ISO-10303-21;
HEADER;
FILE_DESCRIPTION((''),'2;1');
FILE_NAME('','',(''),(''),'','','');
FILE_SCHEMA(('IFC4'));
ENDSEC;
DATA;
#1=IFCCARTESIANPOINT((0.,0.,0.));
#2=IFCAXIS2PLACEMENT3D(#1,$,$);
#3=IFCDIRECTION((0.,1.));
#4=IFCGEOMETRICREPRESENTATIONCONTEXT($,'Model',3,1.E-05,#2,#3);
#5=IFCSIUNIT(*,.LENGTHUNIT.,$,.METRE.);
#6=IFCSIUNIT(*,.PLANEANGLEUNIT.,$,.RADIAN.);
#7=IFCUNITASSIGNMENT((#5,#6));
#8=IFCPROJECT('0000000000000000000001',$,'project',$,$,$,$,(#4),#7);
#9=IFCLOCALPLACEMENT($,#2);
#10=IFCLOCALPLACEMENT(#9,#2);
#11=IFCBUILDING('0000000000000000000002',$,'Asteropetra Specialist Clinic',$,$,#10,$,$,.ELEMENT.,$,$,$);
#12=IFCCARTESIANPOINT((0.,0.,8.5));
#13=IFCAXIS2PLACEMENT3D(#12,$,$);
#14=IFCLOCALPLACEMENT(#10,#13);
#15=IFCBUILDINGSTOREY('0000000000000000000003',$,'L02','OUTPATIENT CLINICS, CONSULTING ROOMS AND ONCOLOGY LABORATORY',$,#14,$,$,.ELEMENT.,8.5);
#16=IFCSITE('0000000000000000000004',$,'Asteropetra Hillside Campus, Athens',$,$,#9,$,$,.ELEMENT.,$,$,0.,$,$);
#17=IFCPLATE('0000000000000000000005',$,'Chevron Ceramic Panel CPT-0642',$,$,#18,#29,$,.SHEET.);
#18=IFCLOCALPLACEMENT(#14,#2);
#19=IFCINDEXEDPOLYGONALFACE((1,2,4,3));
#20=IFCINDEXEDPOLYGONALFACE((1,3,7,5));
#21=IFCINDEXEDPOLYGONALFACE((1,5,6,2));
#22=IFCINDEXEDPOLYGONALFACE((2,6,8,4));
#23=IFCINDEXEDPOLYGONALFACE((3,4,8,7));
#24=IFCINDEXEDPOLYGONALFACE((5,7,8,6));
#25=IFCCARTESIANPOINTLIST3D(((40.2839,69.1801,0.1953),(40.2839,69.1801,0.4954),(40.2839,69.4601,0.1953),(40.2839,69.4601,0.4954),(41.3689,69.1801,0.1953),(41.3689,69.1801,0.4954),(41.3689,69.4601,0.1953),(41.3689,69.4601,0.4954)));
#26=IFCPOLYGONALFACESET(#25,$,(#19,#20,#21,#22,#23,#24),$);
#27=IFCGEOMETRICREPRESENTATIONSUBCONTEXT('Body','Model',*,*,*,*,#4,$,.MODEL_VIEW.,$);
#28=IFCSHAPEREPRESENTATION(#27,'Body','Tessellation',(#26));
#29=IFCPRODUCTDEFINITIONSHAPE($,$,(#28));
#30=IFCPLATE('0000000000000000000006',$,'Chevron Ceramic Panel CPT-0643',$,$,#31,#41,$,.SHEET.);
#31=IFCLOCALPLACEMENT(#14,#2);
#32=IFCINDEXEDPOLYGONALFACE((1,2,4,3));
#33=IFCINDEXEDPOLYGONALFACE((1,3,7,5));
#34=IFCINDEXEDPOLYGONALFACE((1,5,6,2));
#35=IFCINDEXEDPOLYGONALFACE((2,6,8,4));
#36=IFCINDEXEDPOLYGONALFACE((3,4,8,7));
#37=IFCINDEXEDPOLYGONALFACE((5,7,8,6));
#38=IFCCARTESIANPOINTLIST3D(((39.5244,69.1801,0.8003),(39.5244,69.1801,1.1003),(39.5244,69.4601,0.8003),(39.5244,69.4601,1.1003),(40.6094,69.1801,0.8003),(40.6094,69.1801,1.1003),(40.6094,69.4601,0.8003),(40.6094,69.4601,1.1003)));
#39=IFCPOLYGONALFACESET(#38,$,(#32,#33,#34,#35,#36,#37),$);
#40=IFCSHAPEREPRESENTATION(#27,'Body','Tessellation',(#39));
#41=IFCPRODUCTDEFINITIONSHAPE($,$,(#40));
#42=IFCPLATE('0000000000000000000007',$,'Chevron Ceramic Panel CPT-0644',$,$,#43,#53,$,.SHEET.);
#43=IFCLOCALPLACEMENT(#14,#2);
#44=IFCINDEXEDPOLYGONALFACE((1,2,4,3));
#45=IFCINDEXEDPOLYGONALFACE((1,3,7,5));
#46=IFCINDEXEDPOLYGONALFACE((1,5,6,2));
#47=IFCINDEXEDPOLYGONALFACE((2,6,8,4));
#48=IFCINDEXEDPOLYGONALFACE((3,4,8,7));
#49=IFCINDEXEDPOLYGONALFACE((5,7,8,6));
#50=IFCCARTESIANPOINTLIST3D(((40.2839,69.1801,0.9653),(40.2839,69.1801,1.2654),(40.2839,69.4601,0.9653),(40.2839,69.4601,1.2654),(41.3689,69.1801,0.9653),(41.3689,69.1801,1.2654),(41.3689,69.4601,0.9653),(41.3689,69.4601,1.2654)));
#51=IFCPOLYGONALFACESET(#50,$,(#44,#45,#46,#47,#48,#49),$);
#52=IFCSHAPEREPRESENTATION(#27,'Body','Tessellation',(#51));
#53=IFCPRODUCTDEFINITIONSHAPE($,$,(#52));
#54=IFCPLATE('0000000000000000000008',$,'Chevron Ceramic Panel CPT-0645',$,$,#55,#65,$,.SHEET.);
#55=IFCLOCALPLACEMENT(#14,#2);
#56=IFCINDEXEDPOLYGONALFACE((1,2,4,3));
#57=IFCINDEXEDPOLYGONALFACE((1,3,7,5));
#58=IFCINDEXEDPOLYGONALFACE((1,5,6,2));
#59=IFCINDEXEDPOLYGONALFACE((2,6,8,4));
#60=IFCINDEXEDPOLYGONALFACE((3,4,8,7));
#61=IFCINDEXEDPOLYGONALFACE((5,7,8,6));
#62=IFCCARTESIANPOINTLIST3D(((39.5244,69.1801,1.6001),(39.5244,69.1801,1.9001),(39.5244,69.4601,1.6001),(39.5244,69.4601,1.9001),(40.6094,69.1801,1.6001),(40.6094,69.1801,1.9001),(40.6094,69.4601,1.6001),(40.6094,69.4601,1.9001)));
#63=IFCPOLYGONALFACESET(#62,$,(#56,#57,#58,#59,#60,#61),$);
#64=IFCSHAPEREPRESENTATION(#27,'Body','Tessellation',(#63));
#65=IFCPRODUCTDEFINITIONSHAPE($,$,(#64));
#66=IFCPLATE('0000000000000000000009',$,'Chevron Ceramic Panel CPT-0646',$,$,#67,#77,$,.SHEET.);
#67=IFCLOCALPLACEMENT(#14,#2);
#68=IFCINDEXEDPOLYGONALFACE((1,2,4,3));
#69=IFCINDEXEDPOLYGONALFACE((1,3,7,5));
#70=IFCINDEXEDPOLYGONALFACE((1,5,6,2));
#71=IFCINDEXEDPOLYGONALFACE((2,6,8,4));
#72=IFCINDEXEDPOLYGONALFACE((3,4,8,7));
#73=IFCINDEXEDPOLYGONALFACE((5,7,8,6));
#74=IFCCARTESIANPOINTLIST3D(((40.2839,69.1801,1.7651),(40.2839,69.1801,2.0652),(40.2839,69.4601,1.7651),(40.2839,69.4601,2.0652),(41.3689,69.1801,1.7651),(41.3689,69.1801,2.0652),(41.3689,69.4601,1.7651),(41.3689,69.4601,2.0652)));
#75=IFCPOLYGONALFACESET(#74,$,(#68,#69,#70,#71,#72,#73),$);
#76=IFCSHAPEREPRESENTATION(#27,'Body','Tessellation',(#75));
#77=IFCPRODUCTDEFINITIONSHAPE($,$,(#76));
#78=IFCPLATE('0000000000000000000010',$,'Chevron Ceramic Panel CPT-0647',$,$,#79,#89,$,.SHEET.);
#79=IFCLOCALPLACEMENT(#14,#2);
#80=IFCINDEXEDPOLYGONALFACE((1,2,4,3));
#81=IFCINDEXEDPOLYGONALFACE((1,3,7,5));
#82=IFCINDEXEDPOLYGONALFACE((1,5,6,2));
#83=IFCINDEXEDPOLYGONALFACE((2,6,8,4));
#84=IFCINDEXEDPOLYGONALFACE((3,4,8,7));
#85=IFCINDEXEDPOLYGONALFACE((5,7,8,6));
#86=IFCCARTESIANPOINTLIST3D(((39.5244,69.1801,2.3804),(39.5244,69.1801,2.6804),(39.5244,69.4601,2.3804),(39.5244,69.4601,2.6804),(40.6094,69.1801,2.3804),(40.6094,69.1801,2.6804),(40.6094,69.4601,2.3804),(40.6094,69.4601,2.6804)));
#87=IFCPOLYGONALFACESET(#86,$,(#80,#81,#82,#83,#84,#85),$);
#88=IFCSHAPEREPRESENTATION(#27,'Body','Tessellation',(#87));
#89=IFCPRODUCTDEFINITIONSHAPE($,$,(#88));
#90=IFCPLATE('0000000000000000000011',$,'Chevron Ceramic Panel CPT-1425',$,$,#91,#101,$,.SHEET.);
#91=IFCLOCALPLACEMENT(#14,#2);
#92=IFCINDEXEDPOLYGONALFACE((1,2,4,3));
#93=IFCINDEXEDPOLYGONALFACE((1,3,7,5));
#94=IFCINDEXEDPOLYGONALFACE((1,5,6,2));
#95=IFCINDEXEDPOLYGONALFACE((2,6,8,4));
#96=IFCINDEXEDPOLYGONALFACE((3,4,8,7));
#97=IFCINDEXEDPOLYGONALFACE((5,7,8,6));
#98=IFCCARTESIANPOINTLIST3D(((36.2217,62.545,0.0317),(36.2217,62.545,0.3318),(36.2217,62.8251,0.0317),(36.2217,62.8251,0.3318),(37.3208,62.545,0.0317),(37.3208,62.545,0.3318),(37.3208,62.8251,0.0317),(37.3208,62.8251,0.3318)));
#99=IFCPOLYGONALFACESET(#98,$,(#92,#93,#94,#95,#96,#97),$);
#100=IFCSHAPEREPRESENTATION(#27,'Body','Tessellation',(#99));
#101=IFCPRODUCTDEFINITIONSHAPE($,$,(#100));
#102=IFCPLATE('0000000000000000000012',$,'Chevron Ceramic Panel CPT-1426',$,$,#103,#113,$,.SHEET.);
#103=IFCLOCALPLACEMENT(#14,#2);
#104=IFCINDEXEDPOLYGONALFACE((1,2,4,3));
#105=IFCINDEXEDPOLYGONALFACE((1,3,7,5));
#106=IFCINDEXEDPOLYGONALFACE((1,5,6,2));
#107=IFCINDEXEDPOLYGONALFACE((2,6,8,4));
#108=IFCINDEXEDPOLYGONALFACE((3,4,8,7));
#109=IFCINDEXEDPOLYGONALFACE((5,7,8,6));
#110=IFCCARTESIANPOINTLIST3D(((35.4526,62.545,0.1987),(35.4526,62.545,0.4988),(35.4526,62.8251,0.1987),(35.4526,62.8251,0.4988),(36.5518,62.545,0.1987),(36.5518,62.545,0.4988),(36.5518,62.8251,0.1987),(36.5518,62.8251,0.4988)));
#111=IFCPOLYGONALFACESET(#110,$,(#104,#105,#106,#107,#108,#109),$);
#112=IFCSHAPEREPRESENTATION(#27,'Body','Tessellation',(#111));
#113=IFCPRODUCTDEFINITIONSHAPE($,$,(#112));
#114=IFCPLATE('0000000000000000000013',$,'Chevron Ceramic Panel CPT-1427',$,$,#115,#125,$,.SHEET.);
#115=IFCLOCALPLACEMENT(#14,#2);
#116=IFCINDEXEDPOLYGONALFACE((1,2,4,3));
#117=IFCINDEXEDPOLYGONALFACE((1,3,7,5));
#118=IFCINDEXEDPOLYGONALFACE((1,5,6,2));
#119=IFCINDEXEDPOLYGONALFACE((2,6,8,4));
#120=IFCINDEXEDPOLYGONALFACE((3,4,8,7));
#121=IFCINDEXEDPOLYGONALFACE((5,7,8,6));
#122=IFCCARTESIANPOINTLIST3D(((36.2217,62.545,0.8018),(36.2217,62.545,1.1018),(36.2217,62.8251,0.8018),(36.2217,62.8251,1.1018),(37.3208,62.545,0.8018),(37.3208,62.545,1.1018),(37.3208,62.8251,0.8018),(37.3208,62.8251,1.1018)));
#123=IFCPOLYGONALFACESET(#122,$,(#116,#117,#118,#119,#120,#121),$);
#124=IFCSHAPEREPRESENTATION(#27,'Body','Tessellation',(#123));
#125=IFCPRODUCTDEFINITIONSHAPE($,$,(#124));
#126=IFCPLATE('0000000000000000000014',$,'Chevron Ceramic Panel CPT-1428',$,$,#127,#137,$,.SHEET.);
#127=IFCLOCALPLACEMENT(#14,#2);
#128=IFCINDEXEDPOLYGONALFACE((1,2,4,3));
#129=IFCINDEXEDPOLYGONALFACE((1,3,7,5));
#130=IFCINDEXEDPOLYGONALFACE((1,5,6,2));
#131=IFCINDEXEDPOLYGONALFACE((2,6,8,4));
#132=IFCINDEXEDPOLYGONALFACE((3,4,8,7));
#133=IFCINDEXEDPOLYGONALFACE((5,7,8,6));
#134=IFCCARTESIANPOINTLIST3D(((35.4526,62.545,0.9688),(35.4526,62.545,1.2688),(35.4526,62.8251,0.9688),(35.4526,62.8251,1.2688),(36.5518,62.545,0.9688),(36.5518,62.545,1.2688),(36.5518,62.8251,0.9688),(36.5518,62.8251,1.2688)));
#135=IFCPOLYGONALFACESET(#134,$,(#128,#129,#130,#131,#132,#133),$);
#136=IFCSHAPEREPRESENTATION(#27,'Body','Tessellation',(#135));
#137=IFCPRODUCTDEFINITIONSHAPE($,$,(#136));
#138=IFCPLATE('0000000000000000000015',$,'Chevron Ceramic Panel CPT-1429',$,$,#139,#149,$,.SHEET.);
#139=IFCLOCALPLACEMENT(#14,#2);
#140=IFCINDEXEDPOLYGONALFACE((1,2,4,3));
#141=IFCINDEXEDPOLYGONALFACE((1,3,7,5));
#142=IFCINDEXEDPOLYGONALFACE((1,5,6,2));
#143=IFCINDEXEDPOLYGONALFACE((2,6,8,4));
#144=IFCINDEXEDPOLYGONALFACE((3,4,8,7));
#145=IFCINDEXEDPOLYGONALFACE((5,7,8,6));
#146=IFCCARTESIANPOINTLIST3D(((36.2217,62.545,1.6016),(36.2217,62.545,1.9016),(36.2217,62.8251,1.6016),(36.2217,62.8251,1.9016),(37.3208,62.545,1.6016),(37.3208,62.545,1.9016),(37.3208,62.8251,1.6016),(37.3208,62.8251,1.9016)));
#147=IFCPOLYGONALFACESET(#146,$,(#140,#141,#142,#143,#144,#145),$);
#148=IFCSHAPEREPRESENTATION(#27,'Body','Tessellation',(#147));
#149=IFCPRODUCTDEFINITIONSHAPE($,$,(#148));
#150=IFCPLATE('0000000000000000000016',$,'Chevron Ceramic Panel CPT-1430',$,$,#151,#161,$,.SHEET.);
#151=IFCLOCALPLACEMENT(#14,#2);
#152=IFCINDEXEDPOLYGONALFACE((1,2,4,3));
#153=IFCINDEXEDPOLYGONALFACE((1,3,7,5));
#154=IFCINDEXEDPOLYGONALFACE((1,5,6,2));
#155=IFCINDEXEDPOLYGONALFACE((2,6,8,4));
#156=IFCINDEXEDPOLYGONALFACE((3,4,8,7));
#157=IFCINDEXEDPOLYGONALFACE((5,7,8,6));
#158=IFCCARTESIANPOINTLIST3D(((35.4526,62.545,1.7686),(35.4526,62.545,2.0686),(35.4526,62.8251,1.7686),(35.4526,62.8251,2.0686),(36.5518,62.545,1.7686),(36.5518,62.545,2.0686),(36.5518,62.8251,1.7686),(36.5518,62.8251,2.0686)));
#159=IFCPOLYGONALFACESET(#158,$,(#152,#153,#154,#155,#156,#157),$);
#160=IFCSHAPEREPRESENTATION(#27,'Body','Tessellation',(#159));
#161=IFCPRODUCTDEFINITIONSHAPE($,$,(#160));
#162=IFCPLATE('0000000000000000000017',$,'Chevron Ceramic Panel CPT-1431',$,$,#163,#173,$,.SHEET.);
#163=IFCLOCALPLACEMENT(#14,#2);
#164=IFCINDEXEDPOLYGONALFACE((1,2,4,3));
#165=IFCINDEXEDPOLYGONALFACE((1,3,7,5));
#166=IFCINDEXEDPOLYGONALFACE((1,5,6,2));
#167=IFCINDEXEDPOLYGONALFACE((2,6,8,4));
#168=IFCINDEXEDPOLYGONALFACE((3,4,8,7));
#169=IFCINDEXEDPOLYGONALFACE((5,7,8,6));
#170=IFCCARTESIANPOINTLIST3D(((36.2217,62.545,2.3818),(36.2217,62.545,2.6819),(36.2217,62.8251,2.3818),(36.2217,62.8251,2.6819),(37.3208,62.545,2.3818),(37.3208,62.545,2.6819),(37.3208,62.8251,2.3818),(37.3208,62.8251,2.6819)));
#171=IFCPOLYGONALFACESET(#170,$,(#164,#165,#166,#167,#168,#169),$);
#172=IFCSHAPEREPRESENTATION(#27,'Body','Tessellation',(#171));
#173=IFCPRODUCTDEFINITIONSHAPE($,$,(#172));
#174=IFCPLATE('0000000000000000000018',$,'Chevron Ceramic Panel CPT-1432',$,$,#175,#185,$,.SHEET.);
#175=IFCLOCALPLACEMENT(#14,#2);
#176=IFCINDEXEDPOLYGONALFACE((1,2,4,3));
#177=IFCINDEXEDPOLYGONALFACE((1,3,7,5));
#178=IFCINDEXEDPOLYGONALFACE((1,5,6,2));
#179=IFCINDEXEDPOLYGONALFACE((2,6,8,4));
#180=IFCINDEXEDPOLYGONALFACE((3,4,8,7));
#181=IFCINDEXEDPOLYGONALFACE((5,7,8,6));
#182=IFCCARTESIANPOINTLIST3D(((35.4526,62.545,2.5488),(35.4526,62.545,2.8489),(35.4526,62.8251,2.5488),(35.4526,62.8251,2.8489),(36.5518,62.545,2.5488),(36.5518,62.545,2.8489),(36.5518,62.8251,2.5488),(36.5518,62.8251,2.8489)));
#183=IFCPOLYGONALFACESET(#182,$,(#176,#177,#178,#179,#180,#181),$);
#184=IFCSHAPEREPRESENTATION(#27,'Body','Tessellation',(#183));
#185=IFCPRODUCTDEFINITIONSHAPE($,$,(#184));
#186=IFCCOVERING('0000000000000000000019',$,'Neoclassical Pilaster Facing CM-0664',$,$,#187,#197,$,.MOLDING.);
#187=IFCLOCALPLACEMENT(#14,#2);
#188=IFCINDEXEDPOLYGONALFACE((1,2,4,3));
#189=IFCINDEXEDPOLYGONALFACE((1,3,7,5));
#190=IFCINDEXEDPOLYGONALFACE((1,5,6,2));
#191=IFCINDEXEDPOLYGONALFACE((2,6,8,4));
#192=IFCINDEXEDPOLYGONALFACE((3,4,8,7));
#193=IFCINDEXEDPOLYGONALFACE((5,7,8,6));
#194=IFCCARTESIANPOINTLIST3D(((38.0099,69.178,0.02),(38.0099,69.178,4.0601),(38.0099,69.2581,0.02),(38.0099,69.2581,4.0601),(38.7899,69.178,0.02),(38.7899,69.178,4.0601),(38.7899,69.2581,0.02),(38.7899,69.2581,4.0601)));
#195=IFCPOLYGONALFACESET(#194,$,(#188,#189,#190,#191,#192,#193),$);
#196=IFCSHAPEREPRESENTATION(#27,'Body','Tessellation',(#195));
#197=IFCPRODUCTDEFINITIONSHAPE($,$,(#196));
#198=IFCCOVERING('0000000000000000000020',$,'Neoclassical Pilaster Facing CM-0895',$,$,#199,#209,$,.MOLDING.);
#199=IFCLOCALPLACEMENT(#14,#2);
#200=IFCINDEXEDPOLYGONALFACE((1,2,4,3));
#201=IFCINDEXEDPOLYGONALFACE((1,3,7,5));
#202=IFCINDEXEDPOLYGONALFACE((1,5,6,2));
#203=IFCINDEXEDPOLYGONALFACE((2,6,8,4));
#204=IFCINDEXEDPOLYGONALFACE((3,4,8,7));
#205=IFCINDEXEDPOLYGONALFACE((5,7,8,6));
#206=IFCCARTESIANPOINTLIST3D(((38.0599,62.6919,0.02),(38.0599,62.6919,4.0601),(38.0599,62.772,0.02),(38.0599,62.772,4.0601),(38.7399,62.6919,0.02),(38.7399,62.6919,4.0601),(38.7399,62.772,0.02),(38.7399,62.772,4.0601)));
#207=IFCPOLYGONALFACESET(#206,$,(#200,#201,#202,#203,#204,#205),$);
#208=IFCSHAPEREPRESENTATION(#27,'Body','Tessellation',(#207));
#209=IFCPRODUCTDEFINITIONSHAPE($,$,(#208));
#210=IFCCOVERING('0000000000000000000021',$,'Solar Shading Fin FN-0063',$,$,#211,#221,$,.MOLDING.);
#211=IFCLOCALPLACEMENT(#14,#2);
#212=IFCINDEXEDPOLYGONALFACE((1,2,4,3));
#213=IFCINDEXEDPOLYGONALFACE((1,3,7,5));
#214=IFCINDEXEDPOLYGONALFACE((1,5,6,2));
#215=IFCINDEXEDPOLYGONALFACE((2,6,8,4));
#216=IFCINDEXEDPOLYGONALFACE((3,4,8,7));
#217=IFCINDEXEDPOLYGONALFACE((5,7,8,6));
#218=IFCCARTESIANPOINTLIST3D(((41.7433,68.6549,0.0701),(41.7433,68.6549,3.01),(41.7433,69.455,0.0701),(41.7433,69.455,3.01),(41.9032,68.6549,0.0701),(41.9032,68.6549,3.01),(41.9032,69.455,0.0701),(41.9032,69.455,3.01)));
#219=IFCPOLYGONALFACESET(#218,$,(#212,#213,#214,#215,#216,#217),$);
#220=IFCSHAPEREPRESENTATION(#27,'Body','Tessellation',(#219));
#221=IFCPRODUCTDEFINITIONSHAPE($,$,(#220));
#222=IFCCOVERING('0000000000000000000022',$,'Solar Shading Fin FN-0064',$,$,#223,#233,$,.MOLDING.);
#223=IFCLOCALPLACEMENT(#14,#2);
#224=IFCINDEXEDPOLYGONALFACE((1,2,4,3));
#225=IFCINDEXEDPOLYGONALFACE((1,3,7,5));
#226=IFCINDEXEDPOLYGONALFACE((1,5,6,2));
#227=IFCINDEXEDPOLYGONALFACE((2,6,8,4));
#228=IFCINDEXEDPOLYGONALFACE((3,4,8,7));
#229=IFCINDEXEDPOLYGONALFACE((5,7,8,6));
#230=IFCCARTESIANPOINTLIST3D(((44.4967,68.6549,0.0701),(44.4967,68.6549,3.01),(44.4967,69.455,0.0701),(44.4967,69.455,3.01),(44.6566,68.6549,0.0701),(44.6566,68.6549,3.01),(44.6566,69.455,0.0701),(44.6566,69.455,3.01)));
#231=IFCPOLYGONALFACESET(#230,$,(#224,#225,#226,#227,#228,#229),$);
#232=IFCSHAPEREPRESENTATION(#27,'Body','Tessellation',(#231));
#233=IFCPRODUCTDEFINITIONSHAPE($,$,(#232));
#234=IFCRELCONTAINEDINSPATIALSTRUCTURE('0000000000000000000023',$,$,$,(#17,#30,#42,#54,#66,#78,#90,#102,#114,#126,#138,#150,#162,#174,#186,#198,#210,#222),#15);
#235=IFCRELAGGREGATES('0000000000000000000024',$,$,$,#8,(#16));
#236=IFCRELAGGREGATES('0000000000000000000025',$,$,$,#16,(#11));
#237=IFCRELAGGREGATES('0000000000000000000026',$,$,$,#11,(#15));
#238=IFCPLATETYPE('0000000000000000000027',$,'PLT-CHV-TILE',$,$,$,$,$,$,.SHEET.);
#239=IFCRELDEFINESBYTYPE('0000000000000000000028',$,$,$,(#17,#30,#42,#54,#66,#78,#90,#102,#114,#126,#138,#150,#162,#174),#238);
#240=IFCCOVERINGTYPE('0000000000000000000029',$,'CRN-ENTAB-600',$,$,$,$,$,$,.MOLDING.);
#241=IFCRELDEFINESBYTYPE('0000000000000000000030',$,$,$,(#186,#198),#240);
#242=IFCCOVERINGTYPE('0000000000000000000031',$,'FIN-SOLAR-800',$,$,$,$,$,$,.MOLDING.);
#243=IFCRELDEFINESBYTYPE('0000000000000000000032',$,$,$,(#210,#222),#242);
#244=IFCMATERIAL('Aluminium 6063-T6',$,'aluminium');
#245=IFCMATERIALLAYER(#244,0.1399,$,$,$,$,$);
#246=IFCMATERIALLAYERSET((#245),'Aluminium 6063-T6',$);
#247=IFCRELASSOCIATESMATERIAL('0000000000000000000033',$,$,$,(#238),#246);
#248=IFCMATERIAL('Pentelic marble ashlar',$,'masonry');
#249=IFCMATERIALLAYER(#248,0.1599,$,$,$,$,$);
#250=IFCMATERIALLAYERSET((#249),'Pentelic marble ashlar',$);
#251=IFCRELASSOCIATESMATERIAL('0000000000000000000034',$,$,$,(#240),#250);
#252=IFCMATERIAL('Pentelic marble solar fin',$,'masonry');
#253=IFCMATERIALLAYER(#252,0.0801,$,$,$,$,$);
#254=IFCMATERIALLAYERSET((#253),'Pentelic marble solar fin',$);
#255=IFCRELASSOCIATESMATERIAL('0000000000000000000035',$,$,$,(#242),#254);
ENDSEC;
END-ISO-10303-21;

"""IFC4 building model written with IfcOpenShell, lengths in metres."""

from ifc_helpers import new_model, si_unit, direction, frame, origin, origin_2d, place, context, subcontext, project, spatial, rectangle, extrude, material, layer, layer_set, type_object, element, save


model = new_model("IFC4")

# Units and contexts
model_context = context("Model", 3, precision=1e-05, world=origin(), true_north=direction((0.0, 1.0)))
body_context = subcontext(model_context, "Body", "Model", "MODEL_VIEW")
ifc_project = project(units=[si_unit("LENGTHUNIT", "METRE"), si_unit("PLANEANGLEUNIT", "RADIAN")], contexts=[model_context])

# Site, building, storey
site_placement = place(None, origin())
site = spatial("IfcSite", under=ifc_project, at=site_placement, Name="Asteropetra Hillside Campus, Athens", CompositionType="ELEMENT", RefElevation=0.0)
building_placement = place(site_placement, origin())
building = spatial("IfcBuilding", under=site, at=building_placement, Name="Asteropetra Specialist Clinic", CompositionType="ELEMENT")
storey_placement = place(building_placement, frame((0.0, 0.0, 8.5)))
storey = spatial("IfcBuildingStorey", under=building, at=storey_placement, Name="L02", Description="OUTPATIENT CLINICS, CONSULTING ROOMS AND ONCOLOGY LABORATORY", CompositionType="ELEMENT", Elevation=8.5)

# Plates
ifc_material_1 = material(Name="Aluminium 6063-T6", Category="aluminium")
ifc_layer_1 = layer(ifc_material_1, 0.1399)
ifc_layer_set_1 = layer_set([ifc_layer_1], Name="Aluminium 6063-T6")
plate_type_1 = type_object("IfcPlateType", Name="PLT-CHV-TILE", PredefinedType="SHEET", material=ifc_layer_set_1)
for number, where, z_axis, x_axis, name in (
    (1, (40.8264, 69.3201, 0.1953), (0.0, 0.0, 1.0), (1.0, 0.0, 0.0), "Chevron Ceramic Panel CPT-0642"),
    (2, (40.0669, 69.3201, 0.8003), (0.0, 0.0, 1.0), (1.0, 0.0, 0.0), "Chevron Ceramic Panel CPT-0643"),
    (3, (40.8264, 69.3201, 0.9653), (0.0, 0.0, 1.0), (1.0, 0.0, 0.0), "Chevron Ceramic Panel CPT-0644"),
    (4, (40.0669, 69.3201, 1.6001), (0.0, 0.0, 1.0), (1.0, 0.0, 0.0), "Chevron Ceramic Panel CPT-0645"),
    (5, (40.8264, 69.3201, 1.7651), (0.0, 0.0, 1.0), (1.0, 0.0, 0.0), "Chevron Ceramic Panel CPT-0646"),
    (6, (40.0669, 69.3201, 2.3804), (0.0, 0.0, 1.0), (1.0, 0.0, 0.0), "Chevron Ceramic Panel CPT-0647"),
):
    element("IfcPlate", number, at=place(storey_placement, frame(where, z_axis=z_axis, x_axis=x_axis)), inside=storey, type_object=plate_type_1, Name=name, PredefinedType="SHEET", context=body_context, shape_type="SweptSolid", body=[
        extrude(rectangle(XDim=1.085, YDim=0.28, at=origin_2d()), origin(), (0.0, 0.0, 1.0), 0.3),
    ])
for number, where, z_axis, x_axis, name in (
    (7, (36.7712, 62.6851, 0.0317), (0.0, 0.0, 1.0), (1.0, 0.0, 0.0), "Chevron Ceramic Panel CPT-1425"),
    (8, (36.0022, 62.6851, 0.1987), (0.0, 0.0, 1.0), (1.0, 0.0, 0.0), "Chevron Ceramic Panel CPT-1426"),
    (9, (36.7712, 62.6851, 0.8018), (0.0, 0.0, 1.0), (1.0, 0.0, 0.0), "Chevron Ceramic Panel CPT-1427"),
    (10, (36.0022, 62.6851, 0.9688), (0.0, 0.0, 1.0), (1.0, 0.0, 0.0), "Chevron Ceramic Panel CPT-1428"),
    (11, (36.7712, 62.6851, 1.6016), (0.0, 0.0, 1.0), (1.0, 0.0, 0.0), "Chevron Ceramic Panel CPT-1429"),
    (12, (36.0022, 62.6851, 1.7686), (0.0, 0.0, 1.0), (1.0, 0.0, 0.0), "Chevron Ceramic Panel CPT-1430"),
    (13, (36.7712, 62.6851, 2.3818), (0.0, 0.0, 1.0), (1.0, 0.0, 0.0), "Chevron Ceramic Panel CPT-1431"),
    (14, (36.0022, 62.6851, 2.5488), (0.0, 0.0, 1.0), (1.0, 0.0, 0.0), "Chevron Ceramic Panel CPT-1432"),
):
    element("IfcPlate", number, at=place(storey_placement, frame(where, z_axis=z_axis, x_axis=x_axis)), inside=storey, type_object=plate_type_1, Name=name, PredefinedType="SHEET", context=body_context, shape_type="SweptSolid", body=[
        extrude(rectangle(XDim=1.0991, YDim=0.28, at=origin_2d()), origin(), (0.0, 0.0, 1.0), 0.3),
    ])

# Coverings
ifc_material_2 = material(Name="Pentelic marble ashlar", Category="masonry")
ifc_layer_2 = layer(ifc_material_2, 0.1599)
ifc_layer_set_2 = layer_set([ifc_layer_2], Name="Pentelic marble ashlar")
covering_type_1 = type_object("IfcCoveringType", Name="CRN-ENTAB-600", PredefinedType="MOLDING", material=ifc_layer_set_2)
covering_1_placement = place(storey_placement, frame((38.3999, 69.218, 0.02), z_axis=(0.0, 0.0, 1.0), x_axis=(1.0, 0.0, 0.0)))
element("IfcCovering", 15, at=covering_1_placement, inside=storey, type_object=covering_type_1, Name="Neoclassical Pilaster Facing CM-0664", PredefinedType="MOLDING", context=body_context, shape_type="SweptSolid", body=[
    extrude(rectangle(XDim=0.78, YDim=0.0801, at=origin_2d()), origin(), (0.0, 0.0, 1.0), 4.04),
])
covering_2_placement = place(storey_placement, frame((38.3999, 62.7319, 0.02), z_axis=(0.0, 0.0, 1.0), x_axis=(1.0, 0.0, 0.0)))
element("IfcCovering", 16, at=covering_2_placement, inside=storey, type_object=covering_type_1, Name="Neoclassical Pilaster Facing CM-0895", PredefinedType="MOLDING", context=body_context, shape_type="SweptSolid", body=[
    extrude(rectangle(XDim=0.6799, YDim=0.0801, at=origin_2d()), origin(), (0.0, 0.0, 1.0), 4.04),
])
ifc_material_3 = material(Name="Pentelic marble solar fin", Category="masonry")
ifc_layer_3 = layer(ifc_material_3, 0.0801)
ifc_layer_set_3 = layer_set([ifc_layer_3], Name="Pentelic marble solar fin")
covering_type_2 = type_object("IfcCoveringType", Name="FIN-SOLAR-800", PredefinedType="MOLDING", material=ifc_layer_set_3)
for number, where, z_axis, x_axis, name in (
    (17, (41.8232, 69.0549, 0.0701), (0.0, 0.0, 1.0), (1.0, 0.0, 0.0), "Solar Shading Fin FN-0063"),
    (18, (44.5767, 69.0549, 0.0701), (0.0, 0.0, 1.0), (1.0, 0.0, 0.0), "Solar Shading Fin FN-0064"),
):
    element("IfcCovering", number, at=place(storey_placement, frame(where, z_axis=z_axis, x_axis=x_axis)), inside=storey, type_object=covering_type_2, Name=name, PredefinedType="MOLDING", context=body_context, shape_type="SweptSolid", body=[
        extrude(rectangle(XDim=0.1599, YDim=0.8, at=origin_2d()), origin(), (0.0, 0.0, 1.0), 2.9399),
    ])

save(model, "model.ifc")
